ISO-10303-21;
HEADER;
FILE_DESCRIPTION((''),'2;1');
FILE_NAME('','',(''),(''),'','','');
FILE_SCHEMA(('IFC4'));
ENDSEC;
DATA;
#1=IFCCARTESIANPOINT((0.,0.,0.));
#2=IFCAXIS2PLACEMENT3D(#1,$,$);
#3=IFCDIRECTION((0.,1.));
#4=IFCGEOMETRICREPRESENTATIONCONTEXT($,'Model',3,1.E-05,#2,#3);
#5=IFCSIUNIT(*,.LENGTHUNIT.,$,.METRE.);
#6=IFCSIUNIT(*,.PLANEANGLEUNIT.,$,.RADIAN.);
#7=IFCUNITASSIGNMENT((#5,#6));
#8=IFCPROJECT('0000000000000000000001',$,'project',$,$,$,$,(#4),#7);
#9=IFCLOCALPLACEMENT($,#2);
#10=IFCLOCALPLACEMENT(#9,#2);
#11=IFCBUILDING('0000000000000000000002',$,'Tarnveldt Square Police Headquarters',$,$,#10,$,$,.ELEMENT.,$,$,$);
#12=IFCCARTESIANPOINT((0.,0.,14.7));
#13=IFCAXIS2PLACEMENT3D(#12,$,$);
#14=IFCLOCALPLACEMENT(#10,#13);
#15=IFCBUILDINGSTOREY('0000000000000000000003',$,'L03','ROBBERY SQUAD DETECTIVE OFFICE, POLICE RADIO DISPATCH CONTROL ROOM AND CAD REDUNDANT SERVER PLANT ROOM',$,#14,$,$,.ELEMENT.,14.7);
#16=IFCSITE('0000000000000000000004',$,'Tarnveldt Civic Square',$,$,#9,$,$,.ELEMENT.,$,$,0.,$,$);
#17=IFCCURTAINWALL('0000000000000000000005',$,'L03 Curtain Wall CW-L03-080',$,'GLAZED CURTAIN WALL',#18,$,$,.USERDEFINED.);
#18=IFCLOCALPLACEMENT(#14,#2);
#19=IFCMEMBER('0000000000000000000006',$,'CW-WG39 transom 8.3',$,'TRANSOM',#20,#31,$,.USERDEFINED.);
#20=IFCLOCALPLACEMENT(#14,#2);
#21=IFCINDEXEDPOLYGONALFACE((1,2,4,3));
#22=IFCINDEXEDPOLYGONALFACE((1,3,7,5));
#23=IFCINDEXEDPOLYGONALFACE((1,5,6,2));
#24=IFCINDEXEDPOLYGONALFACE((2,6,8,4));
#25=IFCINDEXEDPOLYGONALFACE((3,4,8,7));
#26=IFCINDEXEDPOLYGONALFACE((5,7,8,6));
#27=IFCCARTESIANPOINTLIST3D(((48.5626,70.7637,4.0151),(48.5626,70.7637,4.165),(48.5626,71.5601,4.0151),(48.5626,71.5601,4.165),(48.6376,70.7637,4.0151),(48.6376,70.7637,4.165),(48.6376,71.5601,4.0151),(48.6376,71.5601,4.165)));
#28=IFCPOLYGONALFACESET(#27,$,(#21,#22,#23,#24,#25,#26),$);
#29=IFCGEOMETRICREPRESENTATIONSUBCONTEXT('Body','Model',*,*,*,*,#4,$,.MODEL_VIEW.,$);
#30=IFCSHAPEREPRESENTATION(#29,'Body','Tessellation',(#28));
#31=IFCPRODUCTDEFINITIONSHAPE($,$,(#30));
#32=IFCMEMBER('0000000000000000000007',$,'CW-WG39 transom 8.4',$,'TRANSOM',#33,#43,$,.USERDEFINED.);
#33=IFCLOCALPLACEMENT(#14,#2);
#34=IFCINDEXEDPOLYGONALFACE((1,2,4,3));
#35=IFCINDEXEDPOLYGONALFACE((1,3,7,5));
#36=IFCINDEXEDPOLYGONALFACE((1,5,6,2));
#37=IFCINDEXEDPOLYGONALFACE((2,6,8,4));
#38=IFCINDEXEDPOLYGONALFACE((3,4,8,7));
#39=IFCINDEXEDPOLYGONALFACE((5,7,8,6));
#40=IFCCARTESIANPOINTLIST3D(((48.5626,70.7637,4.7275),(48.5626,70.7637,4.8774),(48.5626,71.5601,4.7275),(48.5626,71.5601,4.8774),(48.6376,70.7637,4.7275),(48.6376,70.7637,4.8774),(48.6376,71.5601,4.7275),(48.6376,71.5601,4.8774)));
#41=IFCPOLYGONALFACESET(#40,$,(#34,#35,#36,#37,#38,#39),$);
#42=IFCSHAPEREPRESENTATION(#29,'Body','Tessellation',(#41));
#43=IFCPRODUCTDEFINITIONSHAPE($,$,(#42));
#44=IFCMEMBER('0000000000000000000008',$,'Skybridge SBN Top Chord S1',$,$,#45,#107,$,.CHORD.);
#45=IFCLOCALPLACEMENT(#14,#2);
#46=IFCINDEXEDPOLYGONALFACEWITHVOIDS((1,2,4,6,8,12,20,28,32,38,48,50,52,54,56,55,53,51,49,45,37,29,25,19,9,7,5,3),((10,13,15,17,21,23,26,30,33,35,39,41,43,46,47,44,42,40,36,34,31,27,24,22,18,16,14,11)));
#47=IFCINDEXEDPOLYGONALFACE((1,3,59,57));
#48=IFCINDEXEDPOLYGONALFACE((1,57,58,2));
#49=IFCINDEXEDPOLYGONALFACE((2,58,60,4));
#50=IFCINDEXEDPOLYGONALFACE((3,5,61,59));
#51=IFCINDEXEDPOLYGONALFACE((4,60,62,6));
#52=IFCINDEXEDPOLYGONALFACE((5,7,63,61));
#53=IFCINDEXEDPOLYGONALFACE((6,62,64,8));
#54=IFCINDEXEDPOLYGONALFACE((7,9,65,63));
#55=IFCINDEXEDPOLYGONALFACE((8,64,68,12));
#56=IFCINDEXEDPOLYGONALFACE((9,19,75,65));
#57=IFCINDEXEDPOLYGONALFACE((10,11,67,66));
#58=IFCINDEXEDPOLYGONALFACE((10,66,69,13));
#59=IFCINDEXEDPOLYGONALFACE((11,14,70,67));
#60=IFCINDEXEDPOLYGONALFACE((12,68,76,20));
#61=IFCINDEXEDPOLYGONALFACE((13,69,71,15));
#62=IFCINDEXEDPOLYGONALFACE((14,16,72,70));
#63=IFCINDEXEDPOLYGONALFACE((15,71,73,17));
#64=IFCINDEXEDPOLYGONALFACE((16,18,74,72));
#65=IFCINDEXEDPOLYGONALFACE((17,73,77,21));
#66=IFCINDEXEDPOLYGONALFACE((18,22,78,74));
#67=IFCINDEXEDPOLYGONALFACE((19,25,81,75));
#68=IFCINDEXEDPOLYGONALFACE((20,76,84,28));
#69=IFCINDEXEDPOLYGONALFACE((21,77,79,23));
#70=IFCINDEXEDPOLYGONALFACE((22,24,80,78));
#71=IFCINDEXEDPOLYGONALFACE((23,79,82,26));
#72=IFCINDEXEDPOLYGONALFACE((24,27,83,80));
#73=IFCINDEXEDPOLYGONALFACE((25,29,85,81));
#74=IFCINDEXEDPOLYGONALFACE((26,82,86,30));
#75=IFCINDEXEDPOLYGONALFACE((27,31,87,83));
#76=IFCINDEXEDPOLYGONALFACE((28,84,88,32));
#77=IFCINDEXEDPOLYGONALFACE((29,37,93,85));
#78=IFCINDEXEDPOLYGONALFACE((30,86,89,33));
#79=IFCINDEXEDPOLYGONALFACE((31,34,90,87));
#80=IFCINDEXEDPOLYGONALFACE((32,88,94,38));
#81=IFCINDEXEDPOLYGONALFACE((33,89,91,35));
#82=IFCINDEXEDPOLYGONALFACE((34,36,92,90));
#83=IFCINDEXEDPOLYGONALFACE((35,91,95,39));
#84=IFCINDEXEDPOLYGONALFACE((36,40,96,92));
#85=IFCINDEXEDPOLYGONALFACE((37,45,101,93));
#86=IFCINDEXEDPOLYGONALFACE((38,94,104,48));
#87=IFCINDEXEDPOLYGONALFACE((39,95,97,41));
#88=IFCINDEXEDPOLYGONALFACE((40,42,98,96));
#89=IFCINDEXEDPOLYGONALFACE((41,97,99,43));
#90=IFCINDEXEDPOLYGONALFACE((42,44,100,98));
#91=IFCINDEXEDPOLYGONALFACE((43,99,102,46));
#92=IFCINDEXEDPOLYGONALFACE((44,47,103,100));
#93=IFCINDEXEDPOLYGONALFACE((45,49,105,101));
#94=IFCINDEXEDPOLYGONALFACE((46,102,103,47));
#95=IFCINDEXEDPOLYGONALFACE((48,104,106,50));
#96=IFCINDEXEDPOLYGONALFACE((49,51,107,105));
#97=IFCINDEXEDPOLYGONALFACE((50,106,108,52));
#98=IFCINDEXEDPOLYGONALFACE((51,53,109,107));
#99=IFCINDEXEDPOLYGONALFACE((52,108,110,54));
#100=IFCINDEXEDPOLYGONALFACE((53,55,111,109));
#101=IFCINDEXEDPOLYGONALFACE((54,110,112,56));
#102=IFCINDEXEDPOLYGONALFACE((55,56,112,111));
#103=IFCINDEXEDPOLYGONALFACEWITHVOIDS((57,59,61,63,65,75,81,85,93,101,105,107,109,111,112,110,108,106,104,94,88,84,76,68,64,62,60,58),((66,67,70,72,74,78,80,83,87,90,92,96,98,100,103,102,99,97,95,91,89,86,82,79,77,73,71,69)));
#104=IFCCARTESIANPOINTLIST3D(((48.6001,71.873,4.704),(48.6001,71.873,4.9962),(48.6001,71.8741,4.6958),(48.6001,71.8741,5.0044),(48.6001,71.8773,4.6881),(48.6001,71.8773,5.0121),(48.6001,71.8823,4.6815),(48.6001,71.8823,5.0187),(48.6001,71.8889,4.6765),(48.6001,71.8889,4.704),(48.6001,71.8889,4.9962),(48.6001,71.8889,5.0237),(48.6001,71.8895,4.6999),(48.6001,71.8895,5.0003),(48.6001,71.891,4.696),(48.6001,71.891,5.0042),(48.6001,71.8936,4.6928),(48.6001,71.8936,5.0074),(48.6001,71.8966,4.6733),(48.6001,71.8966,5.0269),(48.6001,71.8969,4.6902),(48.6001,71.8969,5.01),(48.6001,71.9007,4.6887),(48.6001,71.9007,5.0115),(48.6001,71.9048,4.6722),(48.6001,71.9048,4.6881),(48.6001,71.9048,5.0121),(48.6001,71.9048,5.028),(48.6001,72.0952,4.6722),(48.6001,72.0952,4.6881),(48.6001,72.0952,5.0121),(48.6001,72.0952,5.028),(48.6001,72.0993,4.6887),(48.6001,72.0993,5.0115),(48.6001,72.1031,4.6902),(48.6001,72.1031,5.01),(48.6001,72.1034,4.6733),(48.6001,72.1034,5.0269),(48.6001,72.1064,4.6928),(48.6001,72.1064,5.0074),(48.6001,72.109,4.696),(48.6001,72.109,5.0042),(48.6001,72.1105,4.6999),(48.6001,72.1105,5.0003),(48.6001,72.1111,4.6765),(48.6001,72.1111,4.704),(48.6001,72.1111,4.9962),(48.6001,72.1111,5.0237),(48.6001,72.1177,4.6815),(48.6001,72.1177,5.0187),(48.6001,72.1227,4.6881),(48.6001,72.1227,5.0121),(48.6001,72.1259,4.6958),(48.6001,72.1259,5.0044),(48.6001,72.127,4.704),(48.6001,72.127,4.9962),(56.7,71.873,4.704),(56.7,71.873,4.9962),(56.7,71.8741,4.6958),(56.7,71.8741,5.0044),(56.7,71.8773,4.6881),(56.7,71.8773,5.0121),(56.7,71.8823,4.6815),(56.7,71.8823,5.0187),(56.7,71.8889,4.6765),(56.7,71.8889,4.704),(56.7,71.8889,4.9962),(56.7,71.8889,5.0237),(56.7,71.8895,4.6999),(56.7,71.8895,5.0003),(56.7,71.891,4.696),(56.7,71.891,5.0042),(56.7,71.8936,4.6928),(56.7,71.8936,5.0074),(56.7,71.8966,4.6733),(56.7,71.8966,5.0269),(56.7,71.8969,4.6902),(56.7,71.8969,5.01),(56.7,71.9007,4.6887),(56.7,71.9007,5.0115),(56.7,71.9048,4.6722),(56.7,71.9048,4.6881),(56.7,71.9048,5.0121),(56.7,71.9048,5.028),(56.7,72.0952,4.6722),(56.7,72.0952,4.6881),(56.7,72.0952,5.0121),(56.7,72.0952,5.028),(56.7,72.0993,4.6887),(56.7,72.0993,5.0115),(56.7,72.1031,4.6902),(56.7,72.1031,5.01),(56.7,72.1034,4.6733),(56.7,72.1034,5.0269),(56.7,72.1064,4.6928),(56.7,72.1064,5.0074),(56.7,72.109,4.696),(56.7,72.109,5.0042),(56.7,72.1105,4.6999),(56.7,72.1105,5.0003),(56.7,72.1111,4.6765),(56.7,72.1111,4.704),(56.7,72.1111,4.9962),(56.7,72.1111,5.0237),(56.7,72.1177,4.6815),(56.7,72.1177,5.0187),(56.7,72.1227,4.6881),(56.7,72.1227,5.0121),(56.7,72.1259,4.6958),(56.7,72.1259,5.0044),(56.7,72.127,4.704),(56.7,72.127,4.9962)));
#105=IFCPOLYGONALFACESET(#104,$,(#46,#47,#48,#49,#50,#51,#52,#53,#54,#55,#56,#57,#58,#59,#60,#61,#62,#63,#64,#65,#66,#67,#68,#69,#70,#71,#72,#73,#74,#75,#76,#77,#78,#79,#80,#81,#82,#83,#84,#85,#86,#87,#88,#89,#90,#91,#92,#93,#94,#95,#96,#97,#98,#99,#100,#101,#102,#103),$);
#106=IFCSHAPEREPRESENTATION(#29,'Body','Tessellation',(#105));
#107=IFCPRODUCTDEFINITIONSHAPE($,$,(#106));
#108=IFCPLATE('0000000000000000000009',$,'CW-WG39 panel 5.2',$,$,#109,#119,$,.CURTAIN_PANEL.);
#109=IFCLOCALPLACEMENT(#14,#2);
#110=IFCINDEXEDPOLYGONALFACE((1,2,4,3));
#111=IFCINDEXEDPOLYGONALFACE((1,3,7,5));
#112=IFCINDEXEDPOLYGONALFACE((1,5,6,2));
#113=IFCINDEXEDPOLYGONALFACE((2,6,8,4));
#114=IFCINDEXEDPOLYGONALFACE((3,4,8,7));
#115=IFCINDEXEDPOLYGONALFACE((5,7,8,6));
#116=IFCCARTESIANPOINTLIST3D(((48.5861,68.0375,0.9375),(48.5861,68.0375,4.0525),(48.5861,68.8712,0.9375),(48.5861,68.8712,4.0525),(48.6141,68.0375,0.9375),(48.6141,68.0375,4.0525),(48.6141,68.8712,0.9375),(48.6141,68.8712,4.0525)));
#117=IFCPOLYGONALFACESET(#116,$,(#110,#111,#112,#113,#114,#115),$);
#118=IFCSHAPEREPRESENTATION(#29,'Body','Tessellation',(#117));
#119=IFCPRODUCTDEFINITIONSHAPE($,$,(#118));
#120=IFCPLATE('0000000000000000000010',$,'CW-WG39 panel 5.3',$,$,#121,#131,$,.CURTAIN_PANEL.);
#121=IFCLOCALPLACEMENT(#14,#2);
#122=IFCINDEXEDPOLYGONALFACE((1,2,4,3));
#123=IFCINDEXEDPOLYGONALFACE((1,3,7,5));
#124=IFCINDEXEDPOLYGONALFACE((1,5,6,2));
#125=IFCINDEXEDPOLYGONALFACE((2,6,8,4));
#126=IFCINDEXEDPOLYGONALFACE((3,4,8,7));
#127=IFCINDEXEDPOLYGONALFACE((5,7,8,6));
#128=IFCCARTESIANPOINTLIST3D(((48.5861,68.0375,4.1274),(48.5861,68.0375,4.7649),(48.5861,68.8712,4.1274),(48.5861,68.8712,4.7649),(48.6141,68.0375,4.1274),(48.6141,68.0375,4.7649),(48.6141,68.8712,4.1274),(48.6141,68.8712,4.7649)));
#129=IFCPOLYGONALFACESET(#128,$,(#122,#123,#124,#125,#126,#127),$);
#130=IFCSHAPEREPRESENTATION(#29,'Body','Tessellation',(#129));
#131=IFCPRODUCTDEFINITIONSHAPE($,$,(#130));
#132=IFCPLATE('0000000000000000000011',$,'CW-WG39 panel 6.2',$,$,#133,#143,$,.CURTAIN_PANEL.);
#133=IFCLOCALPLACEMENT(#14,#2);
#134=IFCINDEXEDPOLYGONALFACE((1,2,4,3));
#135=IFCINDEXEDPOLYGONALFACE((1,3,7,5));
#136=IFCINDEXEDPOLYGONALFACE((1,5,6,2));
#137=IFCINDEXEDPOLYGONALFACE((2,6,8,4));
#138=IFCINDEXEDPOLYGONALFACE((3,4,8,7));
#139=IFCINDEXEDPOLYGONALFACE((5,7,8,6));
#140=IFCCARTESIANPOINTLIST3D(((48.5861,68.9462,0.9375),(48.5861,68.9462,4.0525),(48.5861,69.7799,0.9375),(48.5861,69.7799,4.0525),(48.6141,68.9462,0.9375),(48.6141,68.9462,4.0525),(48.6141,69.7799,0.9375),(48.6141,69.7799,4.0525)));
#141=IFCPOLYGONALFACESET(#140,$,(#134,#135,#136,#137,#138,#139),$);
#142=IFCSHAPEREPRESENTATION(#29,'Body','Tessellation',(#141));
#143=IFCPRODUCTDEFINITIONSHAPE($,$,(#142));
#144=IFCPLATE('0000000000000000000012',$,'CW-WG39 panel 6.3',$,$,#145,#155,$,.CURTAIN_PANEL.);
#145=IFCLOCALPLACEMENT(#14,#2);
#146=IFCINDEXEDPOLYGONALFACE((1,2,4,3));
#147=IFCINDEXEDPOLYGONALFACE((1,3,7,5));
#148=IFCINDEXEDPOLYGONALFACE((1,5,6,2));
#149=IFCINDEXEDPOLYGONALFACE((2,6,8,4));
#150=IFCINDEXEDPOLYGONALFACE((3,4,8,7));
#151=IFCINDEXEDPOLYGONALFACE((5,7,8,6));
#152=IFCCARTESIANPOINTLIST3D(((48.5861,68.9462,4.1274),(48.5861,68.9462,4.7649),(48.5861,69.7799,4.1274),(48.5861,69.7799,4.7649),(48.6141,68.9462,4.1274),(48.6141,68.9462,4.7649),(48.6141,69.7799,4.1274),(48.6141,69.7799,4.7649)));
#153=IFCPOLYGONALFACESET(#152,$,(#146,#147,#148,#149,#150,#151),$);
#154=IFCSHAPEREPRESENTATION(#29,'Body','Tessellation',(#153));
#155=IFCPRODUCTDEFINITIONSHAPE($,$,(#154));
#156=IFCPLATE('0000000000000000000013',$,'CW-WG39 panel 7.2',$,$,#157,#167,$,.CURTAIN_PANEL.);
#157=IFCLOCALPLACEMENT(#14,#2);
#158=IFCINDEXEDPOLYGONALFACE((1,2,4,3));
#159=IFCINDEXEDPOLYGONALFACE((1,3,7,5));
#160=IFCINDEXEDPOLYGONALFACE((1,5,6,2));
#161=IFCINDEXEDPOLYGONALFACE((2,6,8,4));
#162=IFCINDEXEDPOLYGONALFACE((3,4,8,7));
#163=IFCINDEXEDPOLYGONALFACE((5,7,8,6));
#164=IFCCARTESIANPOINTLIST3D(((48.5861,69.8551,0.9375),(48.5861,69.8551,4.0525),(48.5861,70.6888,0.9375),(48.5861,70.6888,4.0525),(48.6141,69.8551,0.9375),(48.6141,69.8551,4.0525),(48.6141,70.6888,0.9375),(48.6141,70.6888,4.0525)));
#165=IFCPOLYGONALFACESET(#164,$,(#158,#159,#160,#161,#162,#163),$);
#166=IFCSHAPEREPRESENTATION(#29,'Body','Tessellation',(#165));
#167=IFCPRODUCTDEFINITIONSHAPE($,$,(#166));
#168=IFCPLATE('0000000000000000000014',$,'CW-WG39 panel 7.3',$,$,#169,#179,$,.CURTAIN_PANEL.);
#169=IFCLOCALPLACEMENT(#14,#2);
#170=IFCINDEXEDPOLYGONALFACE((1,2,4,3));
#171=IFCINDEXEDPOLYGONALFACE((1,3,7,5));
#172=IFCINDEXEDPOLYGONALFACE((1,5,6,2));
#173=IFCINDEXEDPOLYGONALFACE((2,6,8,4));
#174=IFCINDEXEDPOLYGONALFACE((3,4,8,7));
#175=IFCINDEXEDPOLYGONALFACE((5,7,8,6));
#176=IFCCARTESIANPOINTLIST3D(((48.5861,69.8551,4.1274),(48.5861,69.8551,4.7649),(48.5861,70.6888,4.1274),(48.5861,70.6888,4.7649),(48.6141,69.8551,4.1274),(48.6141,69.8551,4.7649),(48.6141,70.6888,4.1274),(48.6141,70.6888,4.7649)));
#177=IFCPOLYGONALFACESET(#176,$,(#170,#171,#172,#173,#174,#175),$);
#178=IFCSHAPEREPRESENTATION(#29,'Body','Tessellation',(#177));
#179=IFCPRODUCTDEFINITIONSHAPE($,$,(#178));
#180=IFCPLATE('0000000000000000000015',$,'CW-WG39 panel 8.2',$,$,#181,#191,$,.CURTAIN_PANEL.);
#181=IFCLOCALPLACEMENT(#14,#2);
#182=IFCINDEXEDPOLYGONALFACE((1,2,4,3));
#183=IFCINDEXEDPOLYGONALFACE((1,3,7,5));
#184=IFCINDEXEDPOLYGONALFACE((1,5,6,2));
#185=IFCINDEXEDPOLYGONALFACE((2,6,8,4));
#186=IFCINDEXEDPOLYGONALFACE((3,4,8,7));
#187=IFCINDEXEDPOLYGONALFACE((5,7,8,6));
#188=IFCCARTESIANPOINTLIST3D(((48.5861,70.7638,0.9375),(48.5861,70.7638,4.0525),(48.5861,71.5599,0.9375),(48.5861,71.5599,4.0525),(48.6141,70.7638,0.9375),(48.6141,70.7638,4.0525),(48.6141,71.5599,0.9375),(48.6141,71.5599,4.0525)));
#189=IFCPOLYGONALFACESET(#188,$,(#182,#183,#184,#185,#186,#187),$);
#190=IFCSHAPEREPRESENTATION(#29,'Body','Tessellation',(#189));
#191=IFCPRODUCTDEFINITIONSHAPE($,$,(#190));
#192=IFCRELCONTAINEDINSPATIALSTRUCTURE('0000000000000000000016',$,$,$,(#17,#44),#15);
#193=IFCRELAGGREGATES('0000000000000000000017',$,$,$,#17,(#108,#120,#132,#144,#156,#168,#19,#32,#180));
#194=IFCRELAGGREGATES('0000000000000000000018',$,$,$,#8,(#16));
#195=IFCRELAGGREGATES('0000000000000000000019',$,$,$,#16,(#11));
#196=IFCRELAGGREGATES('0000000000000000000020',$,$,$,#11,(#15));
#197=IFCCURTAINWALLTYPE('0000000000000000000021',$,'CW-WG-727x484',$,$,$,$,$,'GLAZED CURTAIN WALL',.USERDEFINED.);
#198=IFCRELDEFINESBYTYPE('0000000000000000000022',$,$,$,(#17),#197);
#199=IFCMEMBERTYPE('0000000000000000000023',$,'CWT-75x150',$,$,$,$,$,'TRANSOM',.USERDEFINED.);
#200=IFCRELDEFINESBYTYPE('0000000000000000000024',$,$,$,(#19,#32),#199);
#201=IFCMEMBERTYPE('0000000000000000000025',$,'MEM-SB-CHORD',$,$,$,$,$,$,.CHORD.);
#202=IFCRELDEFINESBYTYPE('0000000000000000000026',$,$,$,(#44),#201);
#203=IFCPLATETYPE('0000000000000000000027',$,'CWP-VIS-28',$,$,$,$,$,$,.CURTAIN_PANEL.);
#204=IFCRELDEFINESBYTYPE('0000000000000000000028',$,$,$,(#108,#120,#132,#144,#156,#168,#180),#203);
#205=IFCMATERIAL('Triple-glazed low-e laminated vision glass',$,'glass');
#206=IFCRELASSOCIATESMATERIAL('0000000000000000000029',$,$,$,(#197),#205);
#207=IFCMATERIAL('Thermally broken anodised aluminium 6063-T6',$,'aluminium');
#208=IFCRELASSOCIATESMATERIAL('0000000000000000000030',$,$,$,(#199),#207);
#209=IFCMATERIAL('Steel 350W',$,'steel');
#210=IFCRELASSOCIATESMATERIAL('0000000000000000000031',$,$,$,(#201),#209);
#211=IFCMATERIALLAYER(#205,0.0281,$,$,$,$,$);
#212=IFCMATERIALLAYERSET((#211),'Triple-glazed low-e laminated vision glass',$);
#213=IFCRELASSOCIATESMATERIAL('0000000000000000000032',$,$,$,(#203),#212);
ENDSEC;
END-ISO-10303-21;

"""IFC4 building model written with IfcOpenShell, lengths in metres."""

from ifc_helpers import new_model, si_unit, direction, frame, origin, origin_2d, place, context, subcontext, project, spatial, rectangle, hollow_rectangle, extrude, material, layer, layer_set, material_profile, profile_set, type_object, element, aggregate, save


model = new_model("IFC4")

# Units and contexts
model_context = context("Model", 3, precision=1e-05, world=origin(), true_north=direction((0.0, 1.0)))
body_context = subcontext(model_context, "Body", "Model", "MODEL_VIEW")
ifc_project = project(units=[si_unit("LENGTHUNIT", "METRE"), si_unit("PLANEANGLEUNIT", "RADIAN")], contexts=[model_context])

# Site, building, storey
site_placement = place(None, origin())
site = spatial("IfcSite", under=ifc_project, at=site_placement, Name="Tarnveldt Civic Square", CompositionType="ELEMENT", RefElevation=0.0)
building_placement = place(site_placement, origin())
building = spatial("IfcBuilding", under=site, at=building_placement, Name="Tarnveldt Square Police Headquarters", CompositionType="ELEMENT")
storey_placement = place(building_placement, frame((0.0, 0.0, 14.7)))
storey = spatial("IfcBuildingStorey", under=building, at=storey_placement, Name="L03", Description="ROBBERY SQUAD DETECTIVE OFFICE, POLICE RADIO DISPATCH CONTROL ROOM AND CAD REDUNDANT SERVER PLANT ROOM", CompositionType="ELEMENT", Elevation=14.7)

# Curtain wall, members
ifc_material_1 = material(Name="Triple-glazed low-e laminated vision glass", Category="glass")
ifc_material_2 = material(Name="Thermally broken anodised aluminium 6063-T6", Category="aluminium")
curtain_wall_type_1 = type_object("IfcCurtainWallType", Name="CW-WG-727x484", ElementType="GLAZED CURTAIN WALL", PredefinedType="USERDEFINED", material=ifc_material_1)
curtain_wall_1_placement = place(storey_placement, origin())
curtain_wall_1 = element("IfcCurtainWall", 1, at=curtain_wall_1_placement, inside=storey, type_object=curtain_wall_type_1, Name="L03 Curtain Wall CW-L03-080", ObjectType="GLAZED CURTAIN WALL", PredefinedType="USERDEFINED")
ifc_material_profile_1 = material_profile(ifc_material_2, rectangle(XDim=0.075, YDim=0.1499, at=origin_2d()), Name="CW-T75x150")
ifc_profile_set_1 = profile_set([ifc_material_profile_1], Name="Thermally broken anodised aluminium 6063-T6")
member_type_1 = type_object("IfcMemberType", Name="CWT-75x150", ElementType="TRANSOM", PredefinedType="USERDEFINED", material=ifc_profile_set_1)
member_1_placement = place(storey_placement, frame((48.6001, 70.7637, 4.0901), z_axis=(0.0, 1.0, 0.0), x_axis=(-1.0, 0.0, 0.0)))
member_1 = element("IfcMember", 2, at=member_1_placement, type_object=member_type_1, Name="CW-WG39 transom 8.3", ObjectType="TRANSOM", PredefinedType="USERDEFINED", context=body_context, shape_type="SweptSolid", body=[
    extrude(rectangle(XDim=0.075, YDim=0.1499, at=origin_2d()), origin(), (0.0, 0.0, 1.0), 0.7964),
])
member_2_placement = place(storey_placement, frame((48.6001, 70.7637, 4.8025), z_axis=(0.0, 1.0, 0.0), x_axis=(-1.0, 0.0, 0.0)))
member_2 = element("IfcMember", 3, at=member_2_placement, type_object=member_type_1, Name="CW-WG39 transom 8.4", ObjectType="TRANSOM", PredefinedType="USERDEFINED", context=body_context, shape_type="SweptSolid", body=[
    extrude(rectangle(XDim=0.075, YDim=0.1499, at=origin_2d()), origin(), (0.0, 0.0, 1.0), 0.7964),
])

# Member
ifc_material_3 = material(Name="Steel 350W", Category="steel")
ifc_material_profile_2 = material_profile(ifc_material_3, hollow_rectangle(XDim=0.2539, YDim=0.3557, WallThickness=0.0159, InnerFilletRadius=0.0159, OuterFilletRadius=0.0317, at=origin_2d()), Name="HSS356x254x16")
ifc_profile_set_2 = profile_set([ifc_material_profile_2], Name="Steel 350W")
member_type_2 = type_object("IfcMemberType", Name="MEM-SB-CHORD", PredefinedType="CHORD", material=ifc_profile_set_2)
member_3_placement = place(storey_placement, frame((48.6001, 72.0, 4.8501), z_axis=(1.0, 0.0, 0.0), x_axis=(0.0, 1.0, 0.0)))
element("IfcMember", 4, at=member_3_placement, inside=storey, type_object=member_type_2, Name="Skybridge SBN Top Chord S1", PredefinedType="CHORD", context=body_context, shape_type="SweptSolid", body=[
    extrude(hollow_rectangle(XDim=0.2539, YDim=0.3557, WallThickness=0.0159, InnerFilletRadius=0.0159, OuterFilletRadius=0.0317, at=origin_2d()), origin(), (0.0, 0.0, 1.0), 8.0999),
])

# Plates
ifc_layer_1 = layer(ifc_material_1, 0.0281)
ifc_layer_set_1 = layer_set([ifc_layer_1], Name="Triple-glazed low-e laminated vision glass")
plate_type = type_object("IfcPlateType", Name="CWP-VIS-28", PredefinedType="CURTAIN_PANEL", material=ifc_layer_set_1)
plate_1_placement = place(storey_placement, frame((48.6001, 68.4543, 0.9375), z_axis=(0.0, 0.0, 1.0), x_axis=(0.0, 1.0, 0.0)))
plate_1 = element("IfcPlate", 5, at=plate_1_placement, type_object=plate_type, Name="CW-WG39 panel 5.2", PredefinedType="CURTAIN_PANEL", context=body_context, shape_type="SweptSolid", body=[
    extrude(rectangle(XDim=0.8337, YDim=0.0281, at=origin_2d()), origin(), (0.0, 0.0, 1.0), 3.115),
])
plate_2_placement = place(storey_placement, frame((48.6001, 68.4543, 4.1274), z_axis=(0.0, 0.0, 1.0), x_axis=(0.0, 1.0, 0.0)))
plate_2 = element("IfcPlate", 6, at=plate_2_placement, type_object=plate_type, Name="CW-WG39 panel 5.3", PredefinedType="CURTAIN_PANEL", context=body_context, shape_type="SweptSolid", body=[
    extrude(rectangle(XDim=0.8337, YDim=0.0281, at=origin_2d()), origin(), (0.0, 0.0, 1.0), 0.6375),
])
plate_3_placement = place(storey_placement, frame((48.6001, 69.363, 0.9375), z_axis=(0.0, 0.0, 1.0), x_axis=(0.0, 1.0, 0.0)))
plate_3 = element("IfcPlate", 7, at=plate_3_placement, type_object=plate_type, Name="CW-WG39 panel 6.2", PredefinedType="CURTAIN_PANEL", context=body_context, shape_type="SweptSolid", body=[
    extrude(rectangle(XDim=0.8337, YDim=0.0281, at=origin_2d()), origin(), (0.0, 0.0, 1.0), 3.115),
])
plate_4_placement = place(storey_placement, frame((48.6001, 69.363, 4.1274), z_axis=(0.0, 0.0, 1.0), x_axis=(0.0, 1.0, 0.0)))
plate_4 = element("IfcPlate", 8, at=plate_4_placement, type_object=plate_type, Name="CW-WG39 panel 6.3", PredefinedType="CURTAIN_PANEL", context=body_context, shape_type="SweptSolid", body=[
    extrude(rectangle(XDim=0.8337, YDim=0.0281, at=origin_2d()), origin(), (0.0, 0.0, 1.0), 0.6375),
])
plate_5_placement = place(storey_placement, frame((48.6001, 70.272, 0.9375), z_axis=(0.0, 0.0, 1.0), x_axis=(0.0, 1.0, 0.0)))
plate_5 = element("IfcPlate", 9, at=plate_5_placement, type_object=plate_type, Name="CW-WG39 panel 7.2", PredefinedType="CURTAIN_PANEL", context=body_context, shape_type="SweptSolid", body=[
    extrude(rectangle(XDim=0.8337, YDim=0.0281, at=origin_2d()), origin(), (0.0, 0.0, 1.0), 3.115),
])
plate_6_placement = place(storey_placement, frame((48.6001, 70.272, 4.1274), z_axis=(0.0, 0.0, 1.0), x_axis=(0.0, 1.0, 0.0)))
plate_6 = element("IfcPlate", 10, at=plate_6_placement, type_object=plate_type, Name="CW-WG39 panel 7.3", PredefinedType="CURTAIN_PANEL", context=body_context, shape_type="SweptSolid", body=[
    extrude(rectangle(XDim=0.8337, YDim=0.0281, at=origin_2d()), origin(), (0.0, 0.0, 1.0), 0.6375),
])
plate_7_placement = place(storey_placement, frame((48.6001, 71.1619, 0.9375), z_axis=(0.0, 0.0, 1.0), x_axis=(0.0, 1.0, 0.0)))
plate_7 = element("IfcPlate", 11, at=plate_7_placement, type_object=plate_type, Name="CW-WG39 panel 8.2", PredefinedType="CURTAIN_PANEL", context=body_context, shape_type="SweptSolid", body=[
    extrude(rectangle(XDim=0.7961, YDim=0.0281, at=origin_2d()), origin(), (0.0, 0.0, 1.0), 3.115),
])
aggregate(curtain_wall_1, [plate_1, plate_2, plate_3, plate_4, plate_5, plate_6, member_1, member_2, plate_7])

save(model, "model.ifc")
